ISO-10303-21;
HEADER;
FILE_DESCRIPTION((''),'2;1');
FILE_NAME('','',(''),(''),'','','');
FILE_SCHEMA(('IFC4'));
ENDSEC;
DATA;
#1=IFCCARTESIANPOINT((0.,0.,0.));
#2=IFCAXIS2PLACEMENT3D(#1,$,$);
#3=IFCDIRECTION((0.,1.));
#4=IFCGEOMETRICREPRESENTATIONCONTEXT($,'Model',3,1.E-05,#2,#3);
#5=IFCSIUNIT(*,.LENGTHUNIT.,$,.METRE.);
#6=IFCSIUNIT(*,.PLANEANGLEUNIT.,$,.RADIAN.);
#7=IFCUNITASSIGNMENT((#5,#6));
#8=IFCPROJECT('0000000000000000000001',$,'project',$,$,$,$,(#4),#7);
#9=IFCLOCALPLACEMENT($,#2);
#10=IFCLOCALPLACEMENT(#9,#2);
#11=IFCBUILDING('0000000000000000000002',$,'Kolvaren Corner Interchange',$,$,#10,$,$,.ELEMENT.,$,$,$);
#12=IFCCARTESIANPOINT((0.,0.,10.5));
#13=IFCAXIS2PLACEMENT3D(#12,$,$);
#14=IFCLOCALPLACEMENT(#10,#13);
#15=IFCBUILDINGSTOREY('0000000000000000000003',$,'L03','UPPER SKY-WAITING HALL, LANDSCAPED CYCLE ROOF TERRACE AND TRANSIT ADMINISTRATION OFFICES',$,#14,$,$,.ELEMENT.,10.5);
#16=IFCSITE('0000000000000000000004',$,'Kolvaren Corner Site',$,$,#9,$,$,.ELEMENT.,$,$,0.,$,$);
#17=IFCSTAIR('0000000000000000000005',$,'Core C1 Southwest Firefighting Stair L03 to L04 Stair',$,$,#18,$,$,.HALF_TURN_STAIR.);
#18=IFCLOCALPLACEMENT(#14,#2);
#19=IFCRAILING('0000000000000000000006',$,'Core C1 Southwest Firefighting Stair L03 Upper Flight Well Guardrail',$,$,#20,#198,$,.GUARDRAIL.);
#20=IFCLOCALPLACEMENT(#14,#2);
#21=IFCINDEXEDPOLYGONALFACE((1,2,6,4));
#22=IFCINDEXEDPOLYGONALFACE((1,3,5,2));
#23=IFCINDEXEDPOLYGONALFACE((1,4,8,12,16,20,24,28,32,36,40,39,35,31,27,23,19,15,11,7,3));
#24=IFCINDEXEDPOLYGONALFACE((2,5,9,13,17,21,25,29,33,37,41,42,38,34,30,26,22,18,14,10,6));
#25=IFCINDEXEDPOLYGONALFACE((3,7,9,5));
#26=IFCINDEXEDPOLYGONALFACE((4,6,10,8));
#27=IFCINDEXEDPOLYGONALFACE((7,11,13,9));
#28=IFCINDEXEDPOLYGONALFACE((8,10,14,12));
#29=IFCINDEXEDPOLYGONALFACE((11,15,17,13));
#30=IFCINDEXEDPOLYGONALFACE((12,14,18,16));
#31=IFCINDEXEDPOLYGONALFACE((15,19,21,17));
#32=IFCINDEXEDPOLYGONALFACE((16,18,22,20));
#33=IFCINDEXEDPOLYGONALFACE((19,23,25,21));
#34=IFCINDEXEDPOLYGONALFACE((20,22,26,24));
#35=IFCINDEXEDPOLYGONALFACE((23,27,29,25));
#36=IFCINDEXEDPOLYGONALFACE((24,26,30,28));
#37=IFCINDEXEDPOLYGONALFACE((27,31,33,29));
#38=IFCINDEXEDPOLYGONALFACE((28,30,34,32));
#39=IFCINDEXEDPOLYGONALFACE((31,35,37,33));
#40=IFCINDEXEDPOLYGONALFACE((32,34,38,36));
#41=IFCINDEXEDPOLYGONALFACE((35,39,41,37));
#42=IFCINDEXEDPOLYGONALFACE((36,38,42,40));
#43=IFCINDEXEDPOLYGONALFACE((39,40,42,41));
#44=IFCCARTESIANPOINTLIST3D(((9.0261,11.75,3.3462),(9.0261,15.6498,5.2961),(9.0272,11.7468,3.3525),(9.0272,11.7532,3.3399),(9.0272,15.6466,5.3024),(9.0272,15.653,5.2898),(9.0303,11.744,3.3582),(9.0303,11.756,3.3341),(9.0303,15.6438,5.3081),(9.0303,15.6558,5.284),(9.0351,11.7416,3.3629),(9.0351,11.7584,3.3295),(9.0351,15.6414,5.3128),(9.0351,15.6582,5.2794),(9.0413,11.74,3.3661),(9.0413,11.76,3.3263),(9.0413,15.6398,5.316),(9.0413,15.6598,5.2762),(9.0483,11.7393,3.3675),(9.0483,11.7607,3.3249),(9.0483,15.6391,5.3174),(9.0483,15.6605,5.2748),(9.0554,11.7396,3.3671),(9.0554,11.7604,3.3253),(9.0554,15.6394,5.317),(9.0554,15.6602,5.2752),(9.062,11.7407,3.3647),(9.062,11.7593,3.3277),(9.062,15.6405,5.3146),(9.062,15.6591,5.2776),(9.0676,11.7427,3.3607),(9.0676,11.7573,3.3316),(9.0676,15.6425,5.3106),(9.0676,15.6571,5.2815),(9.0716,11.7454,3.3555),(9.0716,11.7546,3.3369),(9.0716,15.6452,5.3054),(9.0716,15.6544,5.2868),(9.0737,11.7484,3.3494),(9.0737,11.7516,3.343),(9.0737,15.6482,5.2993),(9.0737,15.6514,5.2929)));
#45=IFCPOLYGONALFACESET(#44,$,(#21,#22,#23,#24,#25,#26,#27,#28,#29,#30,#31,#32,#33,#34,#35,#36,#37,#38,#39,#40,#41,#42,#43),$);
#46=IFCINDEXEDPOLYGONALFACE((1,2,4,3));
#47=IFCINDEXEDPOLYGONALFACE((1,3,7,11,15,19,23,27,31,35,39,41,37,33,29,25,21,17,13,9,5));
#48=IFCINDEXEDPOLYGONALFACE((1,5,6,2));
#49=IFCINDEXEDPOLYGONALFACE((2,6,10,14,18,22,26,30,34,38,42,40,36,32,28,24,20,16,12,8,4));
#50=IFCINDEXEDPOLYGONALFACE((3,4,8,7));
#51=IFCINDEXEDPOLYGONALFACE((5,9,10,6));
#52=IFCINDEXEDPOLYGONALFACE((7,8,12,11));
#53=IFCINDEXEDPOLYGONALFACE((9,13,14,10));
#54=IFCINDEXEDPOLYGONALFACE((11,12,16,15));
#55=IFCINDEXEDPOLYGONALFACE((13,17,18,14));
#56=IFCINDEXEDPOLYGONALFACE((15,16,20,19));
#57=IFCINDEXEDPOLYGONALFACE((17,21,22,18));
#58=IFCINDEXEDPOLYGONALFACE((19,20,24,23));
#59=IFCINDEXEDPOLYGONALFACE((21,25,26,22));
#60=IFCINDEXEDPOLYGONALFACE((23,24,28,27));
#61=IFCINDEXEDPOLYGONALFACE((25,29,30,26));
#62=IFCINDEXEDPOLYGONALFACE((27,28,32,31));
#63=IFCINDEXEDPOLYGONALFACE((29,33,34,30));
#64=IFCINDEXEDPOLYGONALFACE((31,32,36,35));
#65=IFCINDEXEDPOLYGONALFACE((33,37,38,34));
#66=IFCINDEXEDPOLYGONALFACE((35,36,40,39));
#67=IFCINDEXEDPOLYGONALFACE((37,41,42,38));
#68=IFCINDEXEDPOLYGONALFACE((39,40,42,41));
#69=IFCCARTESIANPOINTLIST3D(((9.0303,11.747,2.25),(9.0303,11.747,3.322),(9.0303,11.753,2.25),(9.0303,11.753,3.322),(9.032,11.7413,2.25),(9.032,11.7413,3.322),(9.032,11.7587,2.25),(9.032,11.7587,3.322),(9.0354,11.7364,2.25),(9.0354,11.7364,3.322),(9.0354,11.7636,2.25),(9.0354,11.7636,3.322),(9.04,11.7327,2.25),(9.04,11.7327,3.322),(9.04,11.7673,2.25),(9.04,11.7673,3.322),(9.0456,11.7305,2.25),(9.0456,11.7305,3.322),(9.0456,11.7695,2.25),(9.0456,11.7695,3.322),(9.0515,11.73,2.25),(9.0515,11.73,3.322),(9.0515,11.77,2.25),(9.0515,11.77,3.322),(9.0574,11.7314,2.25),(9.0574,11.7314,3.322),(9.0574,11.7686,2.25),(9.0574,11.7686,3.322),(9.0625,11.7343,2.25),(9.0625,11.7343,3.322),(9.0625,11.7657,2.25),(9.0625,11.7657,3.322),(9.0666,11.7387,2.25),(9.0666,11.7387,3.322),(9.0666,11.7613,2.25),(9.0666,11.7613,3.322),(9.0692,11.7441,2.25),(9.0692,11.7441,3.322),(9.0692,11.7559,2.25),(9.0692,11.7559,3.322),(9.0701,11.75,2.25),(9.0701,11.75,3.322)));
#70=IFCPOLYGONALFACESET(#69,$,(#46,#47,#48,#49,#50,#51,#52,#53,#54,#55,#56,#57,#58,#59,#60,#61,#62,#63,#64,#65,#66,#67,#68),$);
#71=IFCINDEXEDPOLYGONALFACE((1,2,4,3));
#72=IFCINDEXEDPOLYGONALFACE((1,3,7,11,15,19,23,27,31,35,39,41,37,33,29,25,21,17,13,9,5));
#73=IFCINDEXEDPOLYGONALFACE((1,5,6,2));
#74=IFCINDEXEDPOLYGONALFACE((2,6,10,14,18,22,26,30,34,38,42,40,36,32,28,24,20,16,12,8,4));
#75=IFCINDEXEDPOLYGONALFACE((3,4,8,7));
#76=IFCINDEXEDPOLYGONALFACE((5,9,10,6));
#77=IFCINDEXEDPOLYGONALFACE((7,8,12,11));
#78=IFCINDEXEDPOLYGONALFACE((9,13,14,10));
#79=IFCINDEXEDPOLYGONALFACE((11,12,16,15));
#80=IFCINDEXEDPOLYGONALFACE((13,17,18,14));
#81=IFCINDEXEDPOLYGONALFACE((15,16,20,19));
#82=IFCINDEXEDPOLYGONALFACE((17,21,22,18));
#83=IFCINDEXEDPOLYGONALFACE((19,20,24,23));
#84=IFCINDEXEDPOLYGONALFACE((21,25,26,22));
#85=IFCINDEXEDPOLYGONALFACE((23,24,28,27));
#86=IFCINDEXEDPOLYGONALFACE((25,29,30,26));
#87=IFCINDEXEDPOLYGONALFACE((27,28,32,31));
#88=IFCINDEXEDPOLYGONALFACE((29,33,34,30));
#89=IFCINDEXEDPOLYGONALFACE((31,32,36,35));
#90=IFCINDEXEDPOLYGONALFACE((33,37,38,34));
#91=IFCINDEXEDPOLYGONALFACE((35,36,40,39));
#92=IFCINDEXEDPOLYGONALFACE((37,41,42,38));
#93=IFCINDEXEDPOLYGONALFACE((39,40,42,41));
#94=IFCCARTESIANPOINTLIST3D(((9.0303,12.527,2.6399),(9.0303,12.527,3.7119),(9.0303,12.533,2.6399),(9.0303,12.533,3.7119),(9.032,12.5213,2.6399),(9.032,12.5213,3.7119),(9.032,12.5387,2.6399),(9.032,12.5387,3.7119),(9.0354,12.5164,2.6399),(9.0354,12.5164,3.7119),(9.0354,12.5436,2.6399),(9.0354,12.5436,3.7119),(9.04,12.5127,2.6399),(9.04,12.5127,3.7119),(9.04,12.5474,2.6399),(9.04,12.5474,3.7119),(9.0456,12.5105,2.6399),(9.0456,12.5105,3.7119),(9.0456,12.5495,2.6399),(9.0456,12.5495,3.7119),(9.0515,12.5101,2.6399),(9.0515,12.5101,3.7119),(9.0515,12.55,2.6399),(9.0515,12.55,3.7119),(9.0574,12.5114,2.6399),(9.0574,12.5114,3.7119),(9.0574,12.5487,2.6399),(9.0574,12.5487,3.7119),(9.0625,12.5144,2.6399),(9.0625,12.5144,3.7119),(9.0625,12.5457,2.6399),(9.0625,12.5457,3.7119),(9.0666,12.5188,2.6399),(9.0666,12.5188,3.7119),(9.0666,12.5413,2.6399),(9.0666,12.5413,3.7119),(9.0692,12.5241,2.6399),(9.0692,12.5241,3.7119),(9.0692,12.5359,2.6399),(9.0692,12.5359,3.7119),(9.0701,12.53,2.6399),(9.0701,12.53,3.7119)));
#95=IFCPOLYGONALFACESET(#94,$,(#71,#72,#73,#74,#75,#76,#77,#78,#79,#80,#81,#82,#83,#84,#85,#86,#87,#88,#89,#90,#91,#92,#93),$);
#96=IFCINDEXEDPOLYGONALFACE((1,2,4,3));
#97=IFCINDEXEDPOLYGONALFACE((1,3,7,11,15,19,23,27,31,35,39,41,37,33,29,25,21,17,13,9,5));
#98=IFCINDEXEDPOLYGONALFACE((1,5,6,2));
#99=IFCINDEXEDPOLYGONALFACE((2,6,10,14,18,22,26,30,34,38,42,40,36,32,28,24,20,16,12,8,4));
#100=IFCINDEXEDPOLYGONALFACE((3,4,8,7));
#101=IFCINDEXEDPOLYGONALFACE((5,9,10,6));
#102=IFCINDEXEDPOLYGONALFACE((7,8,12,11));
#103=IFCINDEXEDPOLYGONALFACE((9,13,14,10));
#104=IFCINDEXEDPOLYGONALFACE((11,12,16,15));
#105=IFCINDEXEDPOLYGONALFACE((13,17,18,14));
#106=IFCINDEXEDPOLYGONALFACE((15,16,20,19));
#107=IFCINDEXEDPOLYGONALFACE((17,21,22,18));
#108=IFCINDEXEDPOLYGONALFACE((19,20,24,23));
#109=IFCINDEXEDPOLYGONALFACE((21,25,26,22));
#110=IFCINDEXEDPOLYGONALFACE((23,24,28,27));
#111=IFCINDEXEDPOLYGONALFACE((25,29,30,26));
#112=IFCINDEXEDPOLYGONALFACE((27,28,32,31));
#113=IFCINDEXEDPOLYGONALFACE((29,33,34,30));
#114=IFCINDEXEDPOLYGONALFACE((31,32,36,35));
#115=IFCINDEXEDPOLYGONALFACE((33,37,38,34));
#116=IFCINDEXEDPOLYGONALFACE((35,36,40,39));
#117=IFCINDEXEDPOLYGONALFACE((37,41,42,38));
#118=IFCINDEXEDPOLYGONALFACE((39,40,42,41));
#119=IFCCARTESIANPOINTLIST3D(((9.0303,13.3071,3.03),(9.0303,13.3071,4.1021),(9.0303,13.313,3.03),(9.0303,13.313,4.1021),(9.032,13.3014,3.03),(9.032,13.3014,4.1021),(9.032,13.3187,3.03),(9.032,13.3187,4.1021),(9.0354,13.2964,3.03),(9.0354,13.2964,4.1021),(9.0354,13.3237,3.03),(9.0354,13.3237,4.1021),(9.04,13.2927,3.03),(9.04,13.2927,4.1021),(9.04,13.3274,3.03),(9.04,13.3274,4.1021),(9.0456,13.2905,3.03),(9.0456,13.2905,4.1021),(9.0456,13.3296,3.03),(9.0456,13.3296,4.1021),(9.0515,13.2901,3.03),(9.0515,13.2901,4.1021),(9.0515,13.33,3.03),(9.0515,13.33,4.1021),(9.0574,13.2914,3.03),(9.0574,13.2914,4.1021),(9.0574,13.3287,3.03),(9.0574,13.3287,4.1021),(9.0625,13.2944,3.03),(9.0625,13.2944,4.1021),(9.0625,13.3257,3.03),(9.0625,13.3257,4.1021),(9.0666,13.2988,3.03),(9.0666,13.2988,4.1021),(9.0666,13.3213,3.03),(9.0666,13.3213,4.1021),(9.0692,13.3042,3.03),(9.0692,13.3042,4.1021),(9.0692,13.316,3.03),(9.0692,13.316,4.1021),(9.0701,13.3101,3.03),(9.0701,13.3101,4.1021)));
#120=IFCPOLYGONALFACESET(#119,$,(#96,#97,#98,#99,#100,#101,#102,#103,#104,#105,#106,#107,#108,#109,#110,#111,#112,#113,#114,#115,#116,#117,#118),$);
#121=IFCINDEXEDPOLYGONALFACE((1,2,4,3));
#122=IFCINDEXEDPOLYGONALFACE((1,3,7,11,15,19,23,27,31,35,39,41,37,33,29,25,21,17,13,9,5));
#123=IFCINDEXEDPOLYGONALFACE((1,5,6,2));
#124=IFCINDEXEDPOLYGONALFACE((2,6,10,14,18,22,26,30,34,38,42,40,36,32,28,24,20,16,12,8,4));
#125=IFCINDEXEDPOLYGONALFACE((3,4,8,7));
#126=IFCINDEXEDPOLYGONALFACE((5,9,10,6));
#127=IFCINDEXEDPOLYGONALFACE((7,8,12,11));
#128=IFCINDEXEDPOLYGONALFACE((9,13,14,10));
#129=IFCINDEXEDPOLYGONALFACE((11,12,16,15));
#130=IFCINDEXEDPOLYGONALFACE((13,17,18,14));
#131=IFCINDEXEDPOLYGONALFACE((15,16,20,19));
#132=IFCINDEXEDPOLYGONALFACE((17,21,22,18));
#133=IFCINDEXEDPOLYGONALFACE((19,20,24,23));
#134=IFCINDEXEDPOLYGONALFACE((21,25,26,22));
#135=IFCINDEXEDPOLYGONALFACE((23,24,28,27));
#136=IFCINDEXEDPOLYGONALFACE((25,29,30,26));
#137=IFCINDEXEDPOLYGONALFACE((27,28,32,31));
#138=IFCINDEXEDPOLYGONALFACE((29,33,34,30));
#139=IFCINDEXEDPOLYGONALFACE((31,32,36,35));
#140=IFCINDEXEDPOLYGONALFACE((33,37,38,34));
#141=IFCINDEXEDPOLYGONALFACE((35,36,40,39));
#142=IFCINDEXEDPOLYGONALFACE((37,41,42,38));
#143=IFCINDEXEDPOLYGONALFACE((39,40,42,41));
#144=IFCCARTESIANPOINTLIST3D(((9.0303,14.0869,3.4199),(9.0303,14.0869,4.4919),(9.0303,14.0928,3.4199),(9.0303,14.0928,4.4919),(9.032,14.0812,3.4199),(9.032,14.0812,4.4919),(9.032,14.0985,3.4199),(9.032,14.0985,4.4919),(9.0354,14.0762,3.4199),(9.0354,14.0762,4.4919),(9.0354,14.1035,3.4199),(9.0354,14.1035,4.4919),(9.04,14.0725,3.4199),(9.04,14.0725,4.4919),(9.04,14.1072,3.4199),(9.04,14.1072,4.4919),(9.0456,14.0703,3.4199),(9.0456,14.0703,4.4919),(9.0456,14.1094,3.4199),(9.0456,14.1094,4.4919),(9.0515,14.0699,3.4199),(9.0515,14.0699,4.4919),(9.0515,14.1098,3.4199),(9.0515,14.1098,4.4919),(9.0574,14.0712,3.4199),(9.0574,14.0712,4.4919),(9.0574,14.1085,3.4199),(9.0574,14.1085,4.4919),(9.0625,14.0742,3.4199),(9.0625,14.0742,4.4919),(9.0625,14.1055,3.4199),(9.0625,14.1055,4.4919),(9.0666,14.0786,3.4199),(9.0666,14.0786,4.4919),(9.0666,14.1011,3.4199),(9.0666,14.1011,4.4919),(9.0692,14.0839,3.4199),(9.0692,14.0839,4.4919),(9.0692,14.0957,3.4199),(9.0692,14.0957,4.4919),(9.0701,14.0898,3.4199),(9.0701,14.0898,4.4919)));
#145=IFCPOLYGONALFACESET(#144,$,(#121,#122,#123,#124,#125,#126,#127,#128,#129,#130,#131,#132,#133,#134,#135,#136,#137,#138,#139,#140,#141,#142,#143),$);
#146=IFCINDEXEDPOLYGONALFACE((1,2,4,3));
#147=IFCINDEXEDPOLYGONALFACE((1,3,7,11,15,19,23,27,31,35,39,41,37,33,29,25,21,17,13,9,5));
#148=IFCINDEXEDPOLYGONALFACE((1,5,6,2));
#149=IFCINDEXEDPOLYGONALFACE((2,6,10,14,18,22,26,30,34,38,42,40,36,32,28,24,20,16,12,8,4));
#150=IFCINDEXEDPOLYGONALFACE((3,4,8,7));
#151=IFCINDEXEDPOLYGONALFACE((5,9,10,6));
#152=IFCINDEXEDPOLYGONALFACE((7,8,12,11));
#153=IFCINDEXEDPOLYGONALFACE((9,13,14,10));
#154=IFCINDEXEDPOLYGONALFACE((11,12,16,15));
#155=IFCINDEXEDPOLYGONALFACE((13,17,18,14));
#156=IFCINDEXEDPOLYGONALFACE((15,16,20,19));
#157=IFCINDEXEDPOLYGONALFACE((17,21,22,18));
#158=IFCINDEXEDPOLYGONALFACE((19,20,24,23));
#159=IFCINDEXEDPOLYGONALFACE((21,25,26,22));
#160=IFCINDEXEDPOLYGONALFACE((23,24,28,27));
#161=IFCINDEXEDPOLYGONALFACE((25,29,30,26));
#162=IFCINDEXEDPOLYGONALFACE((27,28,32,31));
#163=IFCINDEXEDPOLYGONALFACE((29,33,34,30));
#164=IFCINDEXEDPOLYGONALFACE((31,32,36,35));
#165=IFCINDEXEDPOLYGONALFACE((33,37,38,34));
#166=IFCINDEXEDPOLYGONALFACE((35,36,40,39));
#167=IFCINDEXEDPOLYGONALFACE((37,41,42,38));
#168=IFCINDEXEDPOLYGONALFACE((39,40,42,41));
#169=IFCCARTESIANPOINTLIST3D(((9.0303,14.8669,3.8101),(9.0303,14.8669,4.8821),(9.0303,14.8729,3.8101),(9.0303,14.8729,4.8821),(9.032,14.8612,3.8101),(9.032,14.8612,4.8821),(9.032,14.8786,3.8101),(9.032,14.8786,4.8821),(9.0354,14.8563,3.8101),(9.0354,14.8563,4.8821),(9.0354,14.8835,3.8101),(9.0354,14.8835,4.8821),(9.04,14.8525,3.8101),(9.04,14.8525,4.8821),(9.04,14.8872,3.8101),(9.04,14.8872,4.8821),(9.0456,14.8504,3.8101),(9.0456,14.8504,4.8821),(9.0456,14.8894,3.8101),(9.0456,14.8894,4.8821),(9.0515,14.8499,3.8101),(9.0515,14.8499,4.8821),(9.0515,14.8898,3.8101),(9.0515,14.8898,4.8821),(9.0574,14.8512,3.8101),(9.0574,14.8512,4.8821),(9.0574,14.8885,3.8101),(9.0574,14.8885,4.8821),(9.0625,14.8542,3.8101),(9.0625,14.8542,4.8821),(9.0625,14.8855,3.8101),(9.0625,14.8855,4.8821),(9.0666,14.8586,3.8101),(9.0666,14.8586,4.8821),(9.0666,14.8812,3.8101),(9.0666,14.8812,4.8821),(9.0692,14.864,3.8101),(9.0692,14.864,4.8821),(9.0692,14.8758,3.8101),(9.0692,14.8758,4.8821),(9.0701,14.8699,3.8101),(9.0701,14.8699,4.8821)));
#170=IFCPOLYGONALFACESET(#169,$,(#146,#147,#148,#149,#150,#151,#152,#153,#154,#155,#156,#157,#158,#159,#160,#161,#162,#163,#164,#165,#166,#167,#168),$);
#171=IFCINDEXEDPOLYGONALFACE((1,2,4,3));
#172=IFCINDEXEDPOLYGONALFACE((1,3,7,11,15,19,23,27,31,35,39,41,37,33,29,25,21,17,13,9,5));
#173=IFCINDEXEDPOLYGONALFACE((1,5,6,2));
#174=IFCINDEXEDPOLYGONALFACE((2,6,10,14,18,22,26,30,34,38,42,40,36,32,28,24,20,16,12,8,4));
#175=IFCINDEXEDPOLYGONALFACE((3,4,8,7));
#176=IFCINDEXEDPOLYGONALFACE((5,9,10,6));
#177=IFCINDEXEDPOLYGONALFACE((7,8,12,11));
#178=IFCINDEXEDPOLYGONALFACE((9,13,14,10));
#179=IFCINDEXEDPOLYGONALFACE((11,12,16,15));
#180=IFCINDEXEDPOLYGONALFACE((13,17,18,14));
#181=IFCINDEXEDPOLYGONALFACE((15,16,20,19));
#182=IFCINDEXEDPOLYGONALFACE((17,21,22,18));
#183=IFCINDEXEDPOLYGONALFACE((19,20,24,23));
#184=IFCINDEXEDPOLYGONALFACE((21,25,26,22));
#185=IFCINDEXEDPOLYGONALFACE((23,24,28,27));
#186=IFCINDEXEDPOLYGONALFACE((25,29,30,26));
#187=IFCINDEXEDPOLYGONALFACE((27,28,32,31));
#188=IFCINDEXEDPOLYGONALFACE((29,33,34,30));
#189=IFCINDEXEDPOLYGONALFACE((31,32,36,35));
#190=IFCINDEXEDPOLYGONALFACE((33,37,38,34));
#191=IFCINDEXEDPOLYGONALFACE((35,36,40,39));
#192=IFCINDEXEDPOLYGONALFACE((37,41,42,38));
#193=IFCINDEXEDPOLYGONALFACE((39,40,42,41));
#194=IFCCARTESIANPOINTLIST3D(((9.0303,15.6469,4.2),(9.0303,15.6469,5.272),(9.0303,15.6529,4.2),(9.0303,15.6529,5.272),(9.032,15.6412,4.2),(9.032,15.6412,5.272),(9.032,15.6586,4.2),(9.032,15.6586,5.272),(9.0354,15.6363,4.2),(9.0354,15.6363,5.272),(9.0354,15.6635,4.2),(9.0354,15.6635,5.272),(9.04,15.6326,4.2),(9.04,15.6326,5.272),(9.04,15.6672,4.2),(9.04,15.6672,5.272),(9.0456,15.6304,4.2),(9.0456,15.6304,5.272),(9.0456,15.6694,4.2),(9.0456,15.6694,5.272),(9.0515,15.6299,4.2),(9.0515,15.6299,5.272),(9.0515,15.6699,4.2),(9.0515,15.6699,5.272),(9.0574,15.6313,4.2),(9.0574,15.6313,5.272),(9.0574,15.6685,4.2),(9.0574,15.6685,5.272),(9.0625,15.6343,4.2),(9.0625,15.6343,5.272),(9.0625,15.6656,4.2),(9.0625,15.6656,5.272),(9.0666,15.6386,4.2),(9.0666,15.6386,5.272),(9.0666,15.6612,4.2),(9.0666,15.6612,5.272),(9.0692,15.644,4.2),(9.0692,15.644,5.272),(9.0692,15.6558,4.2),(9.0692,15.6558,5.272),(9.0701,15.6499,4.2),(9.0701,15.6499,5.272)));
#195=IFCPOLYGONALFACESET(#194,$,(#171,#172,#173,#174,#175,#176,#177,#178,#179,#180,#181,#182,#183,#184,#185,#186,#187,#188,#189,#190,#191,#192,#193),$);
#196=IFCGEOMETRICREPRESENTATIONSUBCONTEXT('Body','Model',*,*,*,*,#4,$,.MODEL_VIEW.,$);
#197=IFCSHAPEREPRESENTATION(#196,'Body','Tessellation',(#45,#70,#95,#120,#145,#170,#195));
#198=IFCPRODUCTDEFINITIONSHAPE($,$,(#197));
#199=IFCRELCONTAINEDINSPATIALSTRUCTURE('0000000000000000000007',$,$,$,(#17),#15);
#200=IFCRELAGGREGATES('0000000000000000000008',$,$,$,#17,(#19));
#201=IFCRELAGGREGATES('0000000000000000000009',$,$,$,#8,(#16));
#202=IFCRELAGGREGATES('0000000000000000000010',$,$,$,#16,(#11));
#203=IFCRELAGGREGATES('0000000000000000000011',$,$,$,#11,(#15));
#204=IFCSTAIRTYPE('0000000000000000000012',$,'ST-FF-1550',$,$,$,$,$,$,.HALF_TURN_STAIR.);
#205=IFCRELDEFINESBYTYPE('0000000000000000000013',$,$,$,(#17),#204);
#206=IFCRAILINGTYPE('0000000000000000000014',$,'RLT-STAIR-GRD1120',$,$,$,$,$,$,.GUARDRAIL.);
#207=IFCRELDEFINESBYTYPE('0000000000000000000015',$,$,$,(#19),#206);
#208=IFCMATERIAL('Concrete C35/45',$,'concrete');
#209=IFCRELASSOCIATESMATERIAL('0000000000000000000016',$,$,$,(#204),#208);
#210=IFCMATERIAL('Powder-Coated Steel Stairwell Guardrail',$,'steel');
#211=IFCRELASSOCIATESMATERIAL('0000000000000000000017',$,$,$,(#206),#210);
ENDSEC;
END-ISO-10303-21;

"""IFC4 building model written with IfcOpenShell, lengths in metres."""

from ifc_helpers import new_model, si_unit, direction, frame, origin, origin_2d, place, context, subcontext, project, spatial, circle, extrude, material, type_object, element, aggregate, save


model = new_model("IFC4")

# Units and contexts
model_context = context("Model", 3, precision=1e-05, world=origin(), true_north=direction((0.0, 1.0)))
body_context = subcontext(model_context, "Body", "Model", "MODEL_VIEW")
ifc_project = project(units=[si_unit("LENGTHUNIT", "METRE"), si_unit("PLANEANGLEUNIT", "RADIAN")], contexts=[model_context])

# Site, building, storey
site_placement = place(None, origin())
site = spatial("IfcSite", under=ifc_project, at=site_placement, Name="Kolvaren Corner Site", CompositionType="ELEMENT", RefElevation=0.0)
building_placement = place(site_placement, origin())
building = spatial("IfcBuilding", under=site, at=building_placement, Name="Kolvaren Corner Interchange", CompositionType="ELEMENT")
storey_placement = place(building_placement, frame((0.0, 0.0, 10.5)))
storey = spatial("IfcBuildingStorey", under=building, at=storey_placement, Name="L03", Description="UPPER SKY-WAITING HALL, LANDSCAPED CYCLE ROOF TERRACE AND TRANSIT ADMINISTRATION OFFICES", CompositionType="ELEMENT", Elevation=10.5)

# Stair
ifc_material_1 = material(Name="Concrete C35/45", Category="concrete")
stair_type = type_object("IfcStairType", Name="ST-FF-1550", PredefinedType="HALF_TURN_STAIR", material=ifc_material_1)
stair_placement = place(storey_placement, origin())
stair = element("IfcStair", 1, at=stair_placement, inside=storey, type_object=stair_type, Name="Core C1 Southwest Firefighting Stair L03 to L04 Stair", PredefinedType="HALF_TURN_STAIR")

# Railing
ifc_material_2 = material(Name="Powder-Coated Steel Stairwell Guardrail", Category="steel")
railing_type_1 = type_object("IfcRailingType", Name="RLT-STAIR-GRD1120", PredefinedType="GUARDRAIL", material=ifc_material_2)
railing_1_placement = place(storey_placement, frame((9.05, 11.75, 2.25)))
railing_1 = element("IfcRailing", 2, at=railing_1_placement, type_object=railing_type_1, Name="Core C1 Southwest Firefighting Stair L03 Upper Flight Well Guardrail", PredefinedType="GUARDRAIL", context=body_context, shape_type="SweptSolid", body=[
    extrude(circle(Radius=0.0239, at=origin_2d()), frame((0.0, 0.0, 1.0962), z_axis=(0.0, 0.894427, 0.447214), x_axis=(-1.0, 0.0, 0.0)), (0.0, 0.0, 1.0), 4.3601),
    extrude(circle(Radius=0.02, at=origin_2d()), origin(), (0.0, 0.0, 1.0), 1.072),
    extrude(circle(Radius=0.02, at=origin_2d()), frame((0.0, 0.78, 0.3899)), (0.0, 0.0, 1.0), 1.072),
    extrude(circle(Radius=0.02, at=origin_2d()), frame((0.0, 1.5601, 0.78)), (0.0, 0.0, 1.0), 1.072),
    extrude(circle(Radius=0.02, at=origin_2d()), frame((0.0, 2.3398, 1.1699)), (0.0, 0.0, 1.0), 1.072),
    extrude(circle(Radius=0.02, at=origin_2d()), frame((0.0, 3.1199, 1.5601)), (0.0, 0.0, 1.0), 1.072),
    extrude(circle(Radius=0.02, at=origin_2d()), frame((0.0, 3.8999, 1.95)), (0.0, 0.0, 1.0), 1.072),
])
aggregate(stair, [railing_1])

save(model, "model.ifc")
